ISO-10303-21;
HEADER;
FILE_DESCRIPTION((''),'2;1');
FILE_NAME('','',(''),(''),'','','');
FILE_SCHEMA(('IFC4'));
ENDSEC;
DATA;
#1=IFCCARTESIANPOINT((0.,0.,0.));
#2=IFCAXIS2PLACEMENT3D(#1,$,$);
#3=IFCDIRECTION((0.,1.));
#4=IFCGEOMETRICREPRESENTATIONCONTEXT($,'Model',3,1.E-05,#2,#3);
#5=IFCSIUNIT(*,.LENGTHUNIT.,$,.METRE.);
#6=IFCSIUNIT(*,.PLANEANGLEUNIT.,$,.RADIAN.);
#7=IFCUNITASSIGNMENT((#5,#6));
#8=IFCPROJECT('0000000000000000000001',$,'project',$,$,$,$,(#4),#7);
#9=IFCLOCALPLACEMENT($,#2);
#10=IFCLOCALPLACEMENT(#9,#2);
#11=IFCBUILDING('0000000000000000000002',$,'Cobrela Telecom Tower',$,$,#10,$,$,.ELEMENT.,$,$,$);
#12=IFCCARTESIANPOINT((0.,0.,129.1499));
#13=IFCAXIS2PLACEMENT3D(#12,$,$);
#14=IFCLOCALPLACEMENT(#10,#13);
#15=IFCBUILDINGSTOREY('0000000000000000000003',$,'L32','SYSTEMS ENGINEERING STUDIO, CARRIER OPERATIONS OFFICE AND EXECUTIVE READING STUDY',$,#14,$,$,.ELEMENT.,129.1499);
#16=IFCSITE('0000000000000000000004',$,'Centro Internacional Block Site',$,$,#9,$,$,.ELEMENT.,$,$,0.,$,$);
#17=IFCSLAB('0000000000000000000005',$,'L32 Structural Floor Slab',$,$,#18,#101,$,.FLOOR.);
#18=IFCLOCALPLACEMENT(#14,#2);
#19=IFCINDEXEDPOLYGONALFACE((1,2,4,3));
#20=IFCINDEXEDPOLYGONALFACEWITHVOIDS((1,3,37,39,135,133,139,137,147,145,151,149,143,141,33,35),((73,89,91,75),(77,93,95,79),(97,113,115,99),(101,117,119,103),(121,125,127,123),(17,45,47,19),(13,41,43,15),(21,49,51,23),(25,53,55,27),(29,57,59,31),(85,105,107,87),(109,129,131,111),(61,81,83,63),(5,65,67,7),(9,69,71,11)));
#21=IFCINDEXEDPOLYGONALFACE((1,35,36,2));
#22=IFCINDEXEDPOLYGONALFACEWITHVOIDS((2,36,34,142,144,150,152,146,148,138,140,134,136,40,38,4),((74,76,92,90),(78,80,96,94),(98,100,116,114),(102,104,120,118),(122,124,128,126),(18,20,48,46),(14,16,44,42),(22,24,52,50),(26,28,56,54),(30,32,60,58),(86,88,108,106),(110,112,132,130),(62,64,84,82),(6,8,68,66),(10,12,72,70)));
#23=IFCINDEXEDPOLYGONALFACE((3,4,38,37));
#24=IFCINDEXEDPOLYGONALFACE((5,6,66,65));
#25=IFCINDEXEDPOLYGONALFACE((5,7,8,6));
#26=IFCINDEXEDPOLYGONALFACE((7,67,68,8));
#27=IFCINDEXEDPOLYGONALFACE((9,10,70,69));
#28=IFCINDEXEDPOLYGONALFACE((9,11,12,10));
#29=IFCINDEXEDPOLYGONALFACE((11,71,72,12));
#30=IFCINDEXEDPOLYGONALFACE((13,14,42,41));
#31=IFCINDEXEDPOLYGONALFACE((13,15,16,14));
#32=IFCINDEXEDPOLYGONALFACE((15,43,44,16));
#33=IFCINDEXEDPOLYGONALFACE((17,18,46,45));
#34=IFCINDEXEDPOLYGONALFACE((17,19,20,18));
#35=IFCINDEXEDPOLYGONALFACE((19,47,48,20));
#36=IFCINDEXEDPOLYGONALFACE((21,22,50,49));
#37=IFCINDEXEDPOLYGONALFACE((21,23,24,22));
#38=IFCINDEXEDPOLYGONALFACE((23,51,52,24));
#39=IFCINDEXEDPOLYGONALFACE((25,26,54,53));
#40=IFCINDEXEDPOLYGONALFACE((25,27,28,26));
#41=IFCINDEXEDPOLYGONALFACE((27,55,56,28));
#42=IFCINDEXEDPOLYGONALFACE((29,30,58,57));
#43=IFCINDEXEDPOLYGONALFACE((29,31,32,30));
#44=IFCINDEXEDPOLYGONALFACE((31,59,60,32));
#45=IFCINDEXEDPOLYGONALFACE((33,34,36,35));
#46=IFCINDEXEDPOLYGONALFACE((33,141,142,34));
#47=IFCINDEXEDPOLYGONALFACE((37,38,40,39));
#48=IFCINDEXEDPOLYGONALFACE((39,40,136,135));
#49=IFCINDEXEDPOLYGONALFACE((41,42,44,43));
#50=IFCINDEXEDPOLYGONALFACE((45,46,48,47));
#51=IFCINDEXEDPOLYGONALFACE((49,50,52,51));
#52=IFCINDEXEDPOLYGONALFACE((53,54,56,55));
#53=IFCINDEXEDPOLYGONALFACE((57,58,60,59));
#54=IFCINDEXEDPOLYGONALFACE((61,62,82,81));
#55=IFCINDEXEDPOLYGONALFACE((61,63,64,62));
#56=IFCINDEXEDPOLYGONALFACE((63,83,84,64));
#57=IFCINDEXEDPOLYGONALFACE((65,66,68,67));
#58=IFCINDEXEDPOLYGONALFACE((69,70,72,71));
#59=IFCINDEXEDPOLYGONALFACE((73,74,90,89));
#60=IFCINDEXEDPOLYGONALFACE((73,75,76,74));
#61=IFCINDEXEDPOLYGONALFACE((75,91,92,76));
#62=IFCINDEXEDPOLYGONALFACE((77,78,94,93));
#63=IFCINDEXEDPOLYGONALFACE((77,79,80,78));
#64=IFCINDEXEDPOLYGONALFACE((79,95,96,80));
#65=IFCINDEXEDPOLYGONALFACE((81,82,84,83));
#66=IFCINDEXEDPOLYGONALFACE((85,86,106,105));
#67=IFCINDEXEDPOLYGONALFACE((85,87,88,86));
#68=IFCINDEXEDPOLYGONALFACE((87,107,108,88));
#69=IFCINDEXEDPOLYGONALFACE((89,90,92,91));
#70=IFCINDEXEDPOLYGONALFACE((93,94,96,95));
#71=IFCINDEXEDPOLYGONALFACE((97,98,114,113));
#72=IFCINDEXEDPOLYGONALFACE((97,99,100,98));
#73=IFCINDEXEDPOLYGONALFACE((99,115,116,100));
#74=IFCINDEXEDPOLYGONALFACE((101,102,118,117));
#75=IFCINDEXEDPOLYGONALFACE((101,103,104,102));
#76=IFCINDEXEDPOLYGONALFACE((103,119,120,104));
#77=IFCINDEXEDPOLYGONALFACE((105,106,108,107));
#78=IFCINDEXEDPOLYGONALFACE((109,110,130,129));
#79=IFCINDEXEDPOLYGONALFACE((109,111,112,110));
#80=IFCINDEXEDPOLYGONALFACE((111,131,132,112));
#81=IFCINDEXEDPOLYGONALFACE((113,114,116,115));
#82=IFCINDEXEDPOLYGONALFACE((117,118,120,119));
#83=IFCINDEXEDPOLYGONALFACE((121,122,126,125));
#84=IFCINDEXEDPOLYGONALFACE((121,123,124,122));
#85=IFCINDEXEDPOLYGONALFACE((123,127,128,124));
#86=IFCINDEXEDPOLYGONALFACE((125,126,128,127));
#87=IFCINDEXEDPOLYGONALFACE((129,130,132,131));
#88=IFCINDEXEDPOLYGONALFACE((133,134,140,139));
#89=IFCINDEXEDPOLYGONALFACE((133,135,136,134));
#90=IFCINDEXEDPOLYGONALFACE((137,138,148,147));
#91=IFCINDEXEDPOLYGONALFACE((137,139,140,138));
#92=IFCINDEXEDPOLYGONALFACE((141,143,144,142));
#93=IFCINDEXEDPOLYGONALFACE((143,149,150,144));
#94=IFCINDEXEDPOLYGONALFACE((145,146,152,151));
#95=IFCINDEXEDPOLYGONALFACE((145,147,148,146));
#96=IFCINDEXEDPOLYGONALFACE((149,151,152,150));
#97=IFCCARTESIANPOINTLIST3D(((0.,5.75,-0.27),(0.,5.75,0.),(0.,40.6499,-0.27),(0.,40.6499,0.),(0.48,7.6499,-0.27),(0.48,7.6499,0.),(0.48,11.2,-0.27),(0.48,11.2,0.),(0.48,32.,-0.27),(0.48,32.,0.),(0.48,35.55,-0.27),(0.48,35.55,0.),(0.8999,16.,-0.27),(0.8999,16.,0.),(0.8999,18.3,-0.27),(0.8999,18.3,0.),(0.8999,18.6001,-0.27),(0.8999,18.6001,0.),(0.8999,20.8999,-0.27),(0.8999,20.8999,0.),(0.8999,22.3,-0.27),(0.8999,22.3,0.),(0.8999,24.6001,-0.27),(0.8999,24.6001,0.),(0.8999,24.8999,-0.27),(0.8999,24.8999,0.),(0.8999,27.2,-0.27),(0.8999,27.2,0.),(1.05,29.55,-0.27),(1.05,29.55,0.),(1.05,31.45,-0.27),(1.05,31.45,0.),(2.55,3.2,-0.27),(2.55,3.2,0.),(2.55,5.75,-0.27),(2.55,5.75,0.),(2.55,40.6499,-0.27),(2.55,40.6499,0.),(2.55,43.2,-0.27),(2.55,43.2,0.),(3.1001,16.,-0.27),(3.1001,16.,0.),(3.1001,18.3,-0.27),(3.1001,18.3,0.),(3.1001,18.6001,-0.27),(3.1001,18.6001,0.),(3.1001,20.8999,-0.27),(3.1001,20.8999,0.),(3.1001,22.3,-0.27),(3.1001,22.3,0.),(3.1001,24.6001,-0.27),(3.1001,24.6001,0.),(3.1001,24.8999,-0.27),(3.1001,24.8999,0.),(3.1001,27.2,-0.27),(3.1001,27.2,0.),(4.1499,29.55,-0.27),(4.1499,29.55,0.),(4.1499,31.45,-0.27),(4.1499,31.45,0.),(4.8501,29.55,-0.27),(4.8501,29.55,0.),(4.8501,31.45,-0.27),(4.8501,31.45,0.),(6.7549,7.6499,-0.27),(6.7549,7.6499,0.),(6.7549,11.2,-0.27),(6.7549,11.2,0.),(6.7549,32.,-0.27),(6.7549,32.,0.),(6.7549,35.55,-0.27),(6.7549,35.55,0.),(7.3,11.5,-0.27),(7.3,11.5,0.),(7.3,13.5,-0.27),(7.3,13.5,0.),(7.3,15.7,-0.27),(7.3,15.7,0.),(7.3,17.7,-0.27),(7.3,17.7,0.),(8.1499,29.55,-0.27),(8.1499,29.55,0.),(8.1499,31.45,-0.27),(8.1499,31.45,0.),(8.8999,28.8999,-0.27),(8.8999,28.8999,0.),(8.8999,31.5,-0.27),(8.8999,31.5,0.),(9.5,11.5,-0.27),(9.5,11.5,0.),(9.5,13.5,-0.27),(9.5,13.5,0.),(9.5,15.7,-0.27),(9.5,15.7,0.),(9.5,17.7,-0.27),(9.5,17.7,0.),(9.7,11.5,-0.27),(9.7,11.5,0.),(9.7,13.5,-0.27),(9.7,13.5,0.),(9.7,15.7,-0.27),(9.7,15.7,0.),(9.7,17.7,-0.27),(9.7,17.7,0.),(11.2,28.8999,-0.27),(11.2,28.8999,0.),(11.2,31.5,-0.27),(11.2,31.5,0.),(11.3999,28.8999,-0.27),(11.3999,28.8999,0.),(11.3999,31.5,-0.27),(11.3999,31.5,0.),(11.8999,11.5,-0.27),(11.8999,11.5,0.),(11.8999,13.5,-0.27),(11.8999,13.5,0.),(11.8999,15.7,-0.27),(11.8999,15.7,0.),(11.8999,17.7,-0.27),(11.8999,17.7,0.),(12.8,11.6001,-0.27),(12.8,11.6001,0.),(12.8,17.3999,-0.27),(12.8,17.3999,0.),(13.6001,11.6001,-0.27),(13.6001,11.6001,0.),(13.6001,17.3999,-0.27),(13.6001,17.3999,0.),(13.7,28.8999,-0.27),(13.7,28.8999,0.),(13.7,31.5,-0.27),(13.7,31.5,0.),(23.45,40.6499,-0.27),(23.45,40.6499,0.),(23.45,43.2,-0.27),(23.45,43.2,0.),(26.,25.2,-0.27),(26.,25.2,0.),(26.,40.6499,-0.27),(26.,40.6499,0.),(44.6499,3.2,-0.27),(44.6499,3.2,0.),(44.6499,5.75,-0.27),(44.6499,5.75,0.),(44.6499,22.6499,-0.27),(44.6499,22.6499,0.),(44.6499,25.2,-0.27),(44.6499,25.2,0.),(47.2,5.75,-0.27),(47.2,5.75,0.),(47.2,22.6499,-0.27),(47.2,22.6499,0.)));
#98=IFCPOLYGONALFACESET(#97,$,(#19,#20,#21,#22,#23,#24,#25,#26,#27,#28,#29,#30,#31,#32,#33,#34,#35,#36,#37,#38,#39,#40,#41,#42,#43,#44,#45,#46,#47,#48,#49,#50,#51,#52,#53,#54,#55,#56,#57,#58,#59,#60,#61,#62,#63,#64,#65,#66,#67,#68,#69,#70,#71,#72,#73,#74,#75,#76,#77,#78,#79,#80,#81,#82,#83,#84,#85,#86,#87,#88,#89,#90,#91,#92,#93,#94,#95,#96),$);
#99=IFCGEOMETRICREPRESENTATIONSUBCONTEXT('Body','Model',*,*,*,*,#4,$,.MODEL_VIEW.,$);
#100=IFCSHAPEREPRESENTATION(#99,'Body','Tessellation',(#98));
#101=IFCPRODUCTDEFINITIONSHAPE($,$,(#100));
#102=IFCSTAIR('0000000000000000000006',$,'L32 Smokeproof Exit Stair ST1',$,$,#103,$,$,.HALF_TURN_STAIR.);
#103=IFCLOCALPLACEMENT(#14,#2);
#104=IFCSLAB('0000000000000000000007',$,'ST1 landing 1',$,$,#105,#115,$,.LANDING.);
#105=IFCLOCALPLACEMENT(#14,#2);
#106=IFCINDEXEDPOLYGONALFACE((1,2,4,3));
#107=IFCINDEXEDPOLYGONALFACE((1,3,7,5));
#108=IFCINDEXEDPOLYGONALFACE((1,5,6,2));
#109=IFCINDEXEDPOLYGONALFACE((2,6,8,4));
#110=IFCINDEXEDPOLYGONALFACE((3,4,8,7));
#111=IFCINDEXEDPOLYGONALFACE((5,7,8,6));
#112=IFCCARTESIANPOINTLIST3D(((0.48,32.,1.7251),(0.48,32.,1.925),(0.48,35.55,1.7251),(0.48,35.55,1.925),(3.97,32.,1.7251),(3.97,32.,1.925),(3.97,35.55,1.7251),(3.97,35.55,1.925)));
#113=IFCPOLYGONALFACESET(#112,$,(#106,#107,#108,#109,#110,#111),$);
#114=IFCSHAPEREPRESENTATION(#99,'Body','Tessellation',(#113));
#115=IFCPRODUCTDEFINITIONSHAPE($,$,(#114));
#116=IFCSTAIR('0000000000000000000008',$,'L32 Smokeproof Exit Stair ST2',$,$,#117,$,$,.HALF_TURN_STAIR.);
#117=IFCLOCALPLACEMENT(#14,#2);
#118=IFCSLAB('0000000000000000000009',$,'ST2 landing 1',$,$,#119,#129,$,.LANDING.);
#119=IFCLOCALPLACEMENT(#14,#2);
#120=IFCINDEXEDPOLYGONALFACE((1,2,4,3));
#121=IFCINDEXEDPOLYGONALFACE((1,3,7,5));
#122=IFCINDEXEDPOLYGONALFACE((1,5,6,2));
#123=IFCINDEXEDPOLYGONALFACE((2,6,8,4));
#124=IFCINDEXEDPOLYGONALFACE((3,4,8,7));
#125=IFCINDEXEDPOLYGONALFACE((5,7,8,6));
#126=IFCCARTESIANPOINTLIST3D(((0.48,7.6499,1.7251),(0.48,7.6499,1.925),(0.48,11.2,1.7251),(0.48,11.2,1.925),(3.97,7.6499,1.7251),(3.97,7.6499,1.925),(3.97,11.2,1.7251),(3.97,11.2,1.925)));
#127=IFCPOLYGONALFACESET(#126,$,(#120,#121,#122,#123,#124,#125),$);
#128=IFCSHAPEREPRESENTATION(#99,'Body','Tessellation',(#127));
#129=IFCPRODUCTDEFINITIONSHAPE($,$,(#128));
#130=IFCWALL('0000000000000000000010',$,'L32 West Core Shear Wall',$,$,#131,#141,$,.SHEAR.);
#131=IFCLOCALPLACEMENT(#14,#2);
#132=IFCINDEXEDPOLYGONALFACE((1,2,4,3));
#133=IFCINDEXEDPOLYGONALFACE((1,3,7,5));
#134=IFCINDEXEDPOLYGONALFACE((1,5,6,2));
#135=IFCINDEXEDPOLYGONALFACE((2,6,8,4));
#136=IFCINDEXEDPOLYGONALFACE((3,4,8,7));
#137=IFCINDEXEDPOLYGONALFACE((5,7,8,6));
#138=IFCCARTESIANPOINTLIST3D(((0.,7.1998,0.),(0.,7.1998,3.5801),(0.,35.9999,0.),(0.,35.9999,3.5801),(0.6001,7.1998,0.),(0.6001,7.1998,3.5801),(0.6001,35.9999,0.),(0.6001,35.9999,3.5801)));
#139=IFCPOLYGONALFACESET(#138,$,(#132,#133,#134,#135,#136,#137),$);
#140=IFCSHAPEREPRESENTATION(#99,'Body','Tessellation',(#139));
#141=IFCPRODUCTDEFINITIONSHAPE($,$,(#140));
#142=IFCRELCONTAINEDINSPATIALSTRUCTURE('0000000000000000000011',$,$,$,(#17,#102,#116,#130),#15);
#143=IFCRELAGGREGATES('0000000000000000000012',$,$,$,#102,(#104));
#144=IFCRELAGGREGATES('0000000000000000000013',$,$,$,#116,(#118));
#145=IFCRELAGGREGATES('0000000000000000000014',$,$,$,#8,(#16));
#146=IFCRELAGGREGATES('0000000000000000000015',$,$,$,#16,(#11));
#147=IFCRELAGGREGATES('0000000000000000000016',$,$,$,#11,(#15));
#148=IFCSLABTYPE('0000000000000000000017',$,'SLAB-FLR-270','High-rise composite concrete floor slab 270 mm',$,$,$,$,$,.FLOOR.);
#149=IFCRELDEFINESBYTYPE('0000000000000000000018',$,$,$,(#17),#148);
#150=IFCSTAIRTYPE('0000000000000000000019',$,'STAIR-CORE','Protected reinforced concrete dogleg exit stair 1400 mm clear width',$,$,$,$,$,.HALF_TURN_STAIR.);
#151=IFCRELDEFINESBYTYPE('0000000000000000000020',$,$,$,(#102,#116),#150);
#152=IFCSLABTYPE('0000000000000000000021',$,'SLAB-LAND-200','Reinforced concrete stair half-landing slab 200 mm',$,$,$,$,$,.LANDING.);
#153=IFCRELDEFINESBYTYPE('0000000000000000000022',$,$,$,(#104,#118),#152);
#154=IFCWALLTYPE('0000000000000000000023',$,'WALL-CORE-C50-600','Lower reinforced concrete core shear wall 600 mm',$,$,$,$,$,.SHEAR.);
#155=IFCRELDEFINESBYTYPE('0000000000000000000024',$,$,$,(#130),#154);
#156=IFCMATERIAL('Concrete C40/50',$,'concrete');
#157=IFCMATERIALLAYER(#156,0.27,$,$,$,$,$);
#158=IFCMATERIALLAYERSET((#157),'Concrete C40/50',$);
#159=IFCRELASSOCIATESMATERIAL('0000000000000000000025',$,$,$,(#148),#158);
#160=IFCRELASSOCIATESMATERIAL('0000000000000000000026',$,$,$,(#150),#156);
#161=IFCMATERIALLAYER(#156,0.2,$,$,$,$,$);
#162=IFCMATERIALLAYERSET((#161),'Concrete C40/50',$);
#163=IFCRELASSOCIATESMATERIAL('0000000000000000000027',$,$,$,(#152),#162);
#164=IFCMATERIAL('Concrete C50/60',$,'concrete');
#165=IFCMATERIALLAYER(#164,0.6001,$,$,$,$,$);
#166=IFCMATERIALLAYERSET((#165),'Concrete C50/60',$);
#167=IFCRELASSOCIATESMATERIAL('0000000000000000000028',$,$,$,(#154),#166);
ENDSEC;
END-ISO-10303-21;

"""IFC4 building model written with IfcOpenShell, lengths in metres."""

from ifc_helpers import new_model, si_unit, direction, frame, frame_2d, origin, place, context, subcontext, project, spatial, polyline, rectangle, outline, extrude, material, layer, layer_set, type_object, element, aggregate, save


model = new_model("IFC4")

# Units and contexts
model_context = context("Model", 3, precision=1e-05, world=origin(), true_north=direction((0.0, 1.0)))
body_context = subcontext(model_context, "Body", "Model", "MODEL_VIEW")
ifc_project = project(units=[si_unit("LENGTHUNIT", "METRE"), si_unit("PLANEANGLEUNIT", "RADIAN")], contexts=[model_context])

# Site, building, storey
site_placement = place(None, origin())
site = spatial("IfcSite", under=ifc_project, at=site_placement, Name="Centro Internacional Block Site", CompositionType="ELEMENT", RefElevation=0.0)
building_placement = place(site_placement, origin())
building = spatial("IfcBuilding", under=site, at=building_placement, Name="Cobrela Telecom Tower", CompositionType="ELEMENT")
storey_placement = place(building_placement, frame((0.0, 0.0, 129.1499)))
storey = spatial("IfcBuildingStorey", under=building, at=storey_placement, Name="L32", Description="SYSTEMS ENGINEERING STUDIO, CARRIER OPERATIONS OFFICE AND EXECUTIVE READING STUDY", CompositionType="ELEMENT", Elevation=129.1499)

# Slab, openings
ifc_material_1 = material(Name="Concrete C40/50", Category="concrete")
ifc_layer_1 = layer(ifc_material_1, 0.27)
ifc_layer_set_1 = layer_set([ifc_layer_1], Name="Concrete C40/50")
slab_type_1 = type_object("IfcSlabType", Name="SLAB-FLR-270", Description="High-rise composite concrete floor slab 270 mm", PredefinedType="FLOOR", material=ifc_layer_set_1)
slab_1_placement = place(storey_placement, frame((0.0, 0.0, -0.27)))
slab_1 = element("IfcSlab", 1, at=slab_1_placement, inside=storey, type_object=slab_type_1, Name="L32 Structural Floor Slab", PredefinedType="FLOOR", context=body_context, shape_type="SweptSolid", body=[
    extrude(outline(polyline([(2.55, 3.2), (44.6499, 3.2), (44.6499, 5.75), (47.2, 5.75), (47.2, 22.6499), (44.6499, 22.6499), (44.6499, 25.2), (26.0, 25.2), (26.0, 40.6499), (23.45, 40.6499), (23.45, 43.2), (2.55, 43.2), (2.55, 40.6499), (0.0, 40.6499), (0.0, 5.75), (2.55, 5.75), (2.55, 3.2)])), origin(), (0.0, 0.0, 1.0), 0.27),
])
opening_1_placement = place(slab_1_placement, frame((0.0, 0.0, -0.02)))
element("IfcOpeningElement", 2, at=opening_1_placement, cuts=slab_1, PredefinedType="OPENING", context=body_context, shape_type="SweptSolid", body=[
    extrude(outline(polyline([(8.8999, 28.8999), (11.2, 28.8999), (11.2, 31.5), (8.8999, 31.5), (8.8999, 28.8999)])), origin(), (0.0, 0.0, 1.0), 0.3101),
])
opening_2_placement = place(slab_1_placement, frame((0.0, 0.0, -0.02)))
element("IfcOpeningElement", 3, at=opening_2_placement, cuts=slab_1, PredefinedType="OPENING", context=body_context, shape_type="SweptSolid", body=[
    extrude(outline(polyline([(11.3999, 28.8999), (13.7, 28.8999), (13.7, 31.5), (11.3999, 31.5), (11.3999, 28.8999)])), origin(), (0.0, 0.0, 1.0), 0.3101),
])
opening_3_placement = place(slab_1_placement, frame((0.0, 0.0, -0.02)))
element("IfcOpeningElement", 4, at=opening_3_placement, cuts=slab_1, PredefinedType="OPENING", context=body_context, shape_type="SweptSolid", body=[
    extrude(outline(polyline([(7.3, 15.7), (9.5, 15.7), (9.5, 17.7), (7.3, 17.7), (7.3, 15.7)])), origin(), (0.0, 0.0, 1.0), 0.3101),
])
opening_4_placement = place(slab_1_placement, frame((0.0, 0.0, -0.02)))
element("IfcOpeningElement", 5, at=opening_4_placement, cuts=slab_1, PredefinedType="OPENING", context=body_context, shape_type="SweptSolid", body=[
    extrude(outline(polyline([(9.7, 15.7), (11.8999, 15.7), (11.8999, 17.7), (9.7, 17.7), (9.7, 15.7)])), origin(), (0.0, 0.0, 1.0), 0.3101),
])
opening_5_placement = place(slab_1_placement, frame((0.0, 0.0, -0.02)))
element("IfcOpeningElement", 6, at=opening_5_placement, cuts=slab_1, PredefinedType="OPENING", context=body_context, shape_type="SweptSolid", body=[
    extrude(outline(polyline([(7.3, 11.5), (9.5, 11.5), (9.5, 13.5), (7.3, 13.5), (7.3, 11.5)])), origin(), (0.0, 0.0, 1.0), 0.3101),
])
opening_6_placement = place(slab_1_placement, frame((0.0, 0.0, -0.02)))
element("IfcOpeningElement", 7, at=opening_6_placement, cuts=slab_1, PredefinedType="OPENING", context=body_context, shape_type="SweptSolid", body=[
    extrude(outline(polyline([(9.7, 11.5), (11.8999, 11.5), (11.8999, 13.5), (9.7, 13.5), (9.7, 11.5)])), origin(), (0.0, 0.0, 1.0), 0.3101),
])
opening_7_placement = place(slab_1_placement, frame((0.0, 0.0, -0.02)))
element("IfcOpeningElement", 8, at=opening_7_placement, cuts=slab_1, PredefinedType="OPENING", context=body_context, shape_type="SweptSolid", body=[
    extrude(outline(polyline([(0.8999, 16.0), (3.1001, 16.0), (3.1001, 18.3), (0.8999, 18.3), (0.8999, 16.0)])), origin(), (0.0, 0.0, 1.0), 0.3101),
])
opening_8_placement = place(slab_1_placement, frame((0.0, 0.0, -0.02)))
element("IfcOpeningElement", 9, at=opening_8_placement, cuts=slab_1, PredefinedType="OPENING", context=body_context, shape_type="SweptSolid", body=[
    extrude(outline(polyline([(0.8999, 18.6001), (3.1001, 18.6001), (3.1001, 20.8999), (0.8999, 20.8999), (0.8999, 18.6001)])), origin(), (0.0, 0.0, 1.0), 0.3101),
])
opening_9_placement = place(slab_1_placement, frame((0.0, 0.0, -0.02)))
element("IfcOpeningElement", 10, at=opening_9_placement, cuts=slab_1, PredefinedType="OPENING", context=body_context, shape_type="SweptSolid", body=[
    extrude(outline(polyline([(0.8999, 22.3), (3.1001, 22.3), (3.1001, 24.6001), (0.8999, 24.6001), (0.8999, 22.3)])), origin(), (0.0, 0.0, 1.0), 0.3101),
])
opening_10_placement = place(slab_1_placement, frame((0.0, 0.0, -0.02)))
element("IfcOpeningElement", 11, at=opening_10_placement, cuts=slab_1, PredefinedType="OPENING", context=body_context, shape_type="SweptSolid", body=[
    extrude(outline(polyline([(0.8999, 24.8999), (3.1001, 24.8999), (3.1001, 27.2), (0.8999, 27.2), (0.8999, 24.8999)])), origin(), (0.0, 0.0, 1.0), 0.3101),
])
opening_11_placement = place(slab_1_placement, frame((0.0, 0.0, -0.02)))
element("IfcOpeningElement", 12, at=opening_11_placement, cuts=slab_1, PredefinedType="OPENING", context=body_context, shape_type="SweptSolid", body=[
    extrude(outline(polyline([(1.05, 29.55), (4.1499, 29.55), (4.1499, 31.45), (1.05, 31.45), (1.05, 29.55)])), origin(), (0.0, 0.0, 1.0), 0.3101),
])
opening_12_placement = place(slab_1_placement, frame((0.0, 0.0, -0.02)))
element("IfcOpeningElement", 13, at=opening_12_placement, cuts=slab_1, PredefinedType="OPENING", context=body_context, shape_type="SweptSolid", body=[
    extrude(outline(polyline([(4.8501, 29.55), (8.1499, 29.55), (8.1499, 31.45), (4.8501, 31.45), (4.8501, 29.55)])), origin(), (0.0, 0.0, 1.0), 0.3101),
])
opening_13_placement = place(slab_1_placement, frame((0.0, 0.0, -0.02)))
element("IfcOpeningElement", 14, at=opening_13_placement, cuts=slab_1, PredefinedType="OPENING", context=body_context, shape_type="SweptSolid", body=[
    extrude(outline(polyline([(12.8, 11.6001), (13.6001, 11.6001), (13.6001, 17.3999), (12.8, 17.3999), (12.8, 11.6001)])), origin(), (0.0, 0.0, 1.0), 0.3101),
])
opening_14_placement = place(slab_1_placement, frame((0.0, 0.0, -0.02)))
element("IfcOpeningElement", 15, at=opening_14_placement, cuts=slab_1, PredefinedType="OPENING", context=body_context, shape_type="SweptSolid", body=[
    extrude(outline(polyline([(6.7549, 35.55), (0.48, 35.55), (0.48, 32.0), (6.7549, 32.0), (6.7549, 35.55)])), origin(), (0.0, 0.0, 1.0), 0.3101),
])
opening_15_placement = place(slab_1_placement, frame((0.0, 0.0, -0.02)))
element("IfcOpeningElement", 16, at=opening_15_placement, cuts=slab_1, PredefinedType="OPENING", context=body_context, shape_type="SweptSolid", body=[
    extrude(outline(polyline([(6.7549, 11.2), (0.48, 11.2), (0.48, 7.6499), (6.7549, 7.6499), (6.7549, 11.2)])), origin(), (0.0, 0.0, 1.0), 0.3101),
])

# Stairs, slabs
stair_type = type_object("IfcStairType", Name="STAIR-CORE", Description="Protected reinforced concrete dogleg exit stair 1400 mm clear width", PredefinedType="HALF_TURN_STAIR", material=ifc_material_1)
stair_1_placement = place(storey_placement, origin())
stair_1 = element("IfcStair", 17, at=stair_1_placement, inside=storey, type_object=stair_type, Name="L32 Smokeproof Exit Stair ST1", PredefinedType="HALF_TURN_STAIR")
ifc_layer_2 = layer(ifc_material_1, 0.2)
ifc_layer_set_2 = layer_set([ifc_layer_2], Name="Concrete C40/50")
slab_type_2 = type_object("IfcSlabType", Name="SLAB-LAND-200", Description="Reinforced concrete stair half-landing slab 200 mm", PredefinedType="LANDING", material=ifc_layer_set_2)
slab_2_placement = place(storey_placement, frame((0.0, 0.0, 1.7251)))
slab_2 = element("IfcSlab", 18, at=slab_2_placement, type_object=slab_type_2, Name="ST1 landing 1", PredefinedType="LANDING", context=body_context, shape_type="SweptSolid", body=[
    extrude(outline(polyline([(3.97, 35.55), (0.48, 35.55), (0.48, 32.0), (3.97, 32.0), (3.97, 35.55)])), origin(), (0.0, 0.0, 1.0), 0.2),
])
aggregate(stair_1, [slab_2])
stair_2_placement = place(storey_placement, origin())
stair_2 = element("IfcStair", 19, at=stair_2_placement, inside=storey, type_object=stair_type, Name="L32 Smokeproof Exit Stair ST2", PredefinedType="HALF_TURN_STAIR")
slab_3_placement = place(storey_placement, frame((0.0, 0.0, 1.7251)))
slab_3 = element("IfcSlab", 20, at=slab_3_placement, type_object=slab_type_2, Name="ST2 landing 1", PredefinedType="LANDING", context=body_context, shape_type="SweptSolid", body=[
    extrude(outline(polyline([(3.97, 11.2), (0.48, 11.2), (0.48, 7.6499), (3.97, 7.6499), (3.97, 11.2)])), origin(), (0.0, 0.0, 1.0), 0.2),
])

# Wall
ifc_material_2 = material(Name="Concrete C50/60", Category="concrete")
ifc_layer_3 = layer(ifc_material_2, 0.6001)
ifc_layer_set_3 = layer_set([ifc_layer_3], Name="Concrete C50/60")
wall_type_1 = type_object("IfcWallType", Name="WALL-CORE-C50-600", Description="Lower reinforced concrete core shear wall 600 mm", PredefinedType="SHEAR", material=ifc_layer_set_3)
wall_1_placement = place(storey_placement, frame((0.3, 7.2, 0.0), z_axis=(0.0, 0.0, 1.0), x_axis=(0.0, 1.0, 0.0)))
element("IfcWall", 21, at=wall_1_placement, inside=storey, type_object=wall_type_1, Name="L32 West Core Shear Wall", PredefinedType="SHEAR", context=body_context, shape_type="SweptSolid", body=[
    extrude(rectangle(XDim=28.8, YDim=0.6001, at=frame_2d((14.3999, 0.0))), origin(), (0.0, 0.0, 1.0), 3.5801),
])

aggregate(stair_2, [slab_3])

save(model, "model.ifc")
